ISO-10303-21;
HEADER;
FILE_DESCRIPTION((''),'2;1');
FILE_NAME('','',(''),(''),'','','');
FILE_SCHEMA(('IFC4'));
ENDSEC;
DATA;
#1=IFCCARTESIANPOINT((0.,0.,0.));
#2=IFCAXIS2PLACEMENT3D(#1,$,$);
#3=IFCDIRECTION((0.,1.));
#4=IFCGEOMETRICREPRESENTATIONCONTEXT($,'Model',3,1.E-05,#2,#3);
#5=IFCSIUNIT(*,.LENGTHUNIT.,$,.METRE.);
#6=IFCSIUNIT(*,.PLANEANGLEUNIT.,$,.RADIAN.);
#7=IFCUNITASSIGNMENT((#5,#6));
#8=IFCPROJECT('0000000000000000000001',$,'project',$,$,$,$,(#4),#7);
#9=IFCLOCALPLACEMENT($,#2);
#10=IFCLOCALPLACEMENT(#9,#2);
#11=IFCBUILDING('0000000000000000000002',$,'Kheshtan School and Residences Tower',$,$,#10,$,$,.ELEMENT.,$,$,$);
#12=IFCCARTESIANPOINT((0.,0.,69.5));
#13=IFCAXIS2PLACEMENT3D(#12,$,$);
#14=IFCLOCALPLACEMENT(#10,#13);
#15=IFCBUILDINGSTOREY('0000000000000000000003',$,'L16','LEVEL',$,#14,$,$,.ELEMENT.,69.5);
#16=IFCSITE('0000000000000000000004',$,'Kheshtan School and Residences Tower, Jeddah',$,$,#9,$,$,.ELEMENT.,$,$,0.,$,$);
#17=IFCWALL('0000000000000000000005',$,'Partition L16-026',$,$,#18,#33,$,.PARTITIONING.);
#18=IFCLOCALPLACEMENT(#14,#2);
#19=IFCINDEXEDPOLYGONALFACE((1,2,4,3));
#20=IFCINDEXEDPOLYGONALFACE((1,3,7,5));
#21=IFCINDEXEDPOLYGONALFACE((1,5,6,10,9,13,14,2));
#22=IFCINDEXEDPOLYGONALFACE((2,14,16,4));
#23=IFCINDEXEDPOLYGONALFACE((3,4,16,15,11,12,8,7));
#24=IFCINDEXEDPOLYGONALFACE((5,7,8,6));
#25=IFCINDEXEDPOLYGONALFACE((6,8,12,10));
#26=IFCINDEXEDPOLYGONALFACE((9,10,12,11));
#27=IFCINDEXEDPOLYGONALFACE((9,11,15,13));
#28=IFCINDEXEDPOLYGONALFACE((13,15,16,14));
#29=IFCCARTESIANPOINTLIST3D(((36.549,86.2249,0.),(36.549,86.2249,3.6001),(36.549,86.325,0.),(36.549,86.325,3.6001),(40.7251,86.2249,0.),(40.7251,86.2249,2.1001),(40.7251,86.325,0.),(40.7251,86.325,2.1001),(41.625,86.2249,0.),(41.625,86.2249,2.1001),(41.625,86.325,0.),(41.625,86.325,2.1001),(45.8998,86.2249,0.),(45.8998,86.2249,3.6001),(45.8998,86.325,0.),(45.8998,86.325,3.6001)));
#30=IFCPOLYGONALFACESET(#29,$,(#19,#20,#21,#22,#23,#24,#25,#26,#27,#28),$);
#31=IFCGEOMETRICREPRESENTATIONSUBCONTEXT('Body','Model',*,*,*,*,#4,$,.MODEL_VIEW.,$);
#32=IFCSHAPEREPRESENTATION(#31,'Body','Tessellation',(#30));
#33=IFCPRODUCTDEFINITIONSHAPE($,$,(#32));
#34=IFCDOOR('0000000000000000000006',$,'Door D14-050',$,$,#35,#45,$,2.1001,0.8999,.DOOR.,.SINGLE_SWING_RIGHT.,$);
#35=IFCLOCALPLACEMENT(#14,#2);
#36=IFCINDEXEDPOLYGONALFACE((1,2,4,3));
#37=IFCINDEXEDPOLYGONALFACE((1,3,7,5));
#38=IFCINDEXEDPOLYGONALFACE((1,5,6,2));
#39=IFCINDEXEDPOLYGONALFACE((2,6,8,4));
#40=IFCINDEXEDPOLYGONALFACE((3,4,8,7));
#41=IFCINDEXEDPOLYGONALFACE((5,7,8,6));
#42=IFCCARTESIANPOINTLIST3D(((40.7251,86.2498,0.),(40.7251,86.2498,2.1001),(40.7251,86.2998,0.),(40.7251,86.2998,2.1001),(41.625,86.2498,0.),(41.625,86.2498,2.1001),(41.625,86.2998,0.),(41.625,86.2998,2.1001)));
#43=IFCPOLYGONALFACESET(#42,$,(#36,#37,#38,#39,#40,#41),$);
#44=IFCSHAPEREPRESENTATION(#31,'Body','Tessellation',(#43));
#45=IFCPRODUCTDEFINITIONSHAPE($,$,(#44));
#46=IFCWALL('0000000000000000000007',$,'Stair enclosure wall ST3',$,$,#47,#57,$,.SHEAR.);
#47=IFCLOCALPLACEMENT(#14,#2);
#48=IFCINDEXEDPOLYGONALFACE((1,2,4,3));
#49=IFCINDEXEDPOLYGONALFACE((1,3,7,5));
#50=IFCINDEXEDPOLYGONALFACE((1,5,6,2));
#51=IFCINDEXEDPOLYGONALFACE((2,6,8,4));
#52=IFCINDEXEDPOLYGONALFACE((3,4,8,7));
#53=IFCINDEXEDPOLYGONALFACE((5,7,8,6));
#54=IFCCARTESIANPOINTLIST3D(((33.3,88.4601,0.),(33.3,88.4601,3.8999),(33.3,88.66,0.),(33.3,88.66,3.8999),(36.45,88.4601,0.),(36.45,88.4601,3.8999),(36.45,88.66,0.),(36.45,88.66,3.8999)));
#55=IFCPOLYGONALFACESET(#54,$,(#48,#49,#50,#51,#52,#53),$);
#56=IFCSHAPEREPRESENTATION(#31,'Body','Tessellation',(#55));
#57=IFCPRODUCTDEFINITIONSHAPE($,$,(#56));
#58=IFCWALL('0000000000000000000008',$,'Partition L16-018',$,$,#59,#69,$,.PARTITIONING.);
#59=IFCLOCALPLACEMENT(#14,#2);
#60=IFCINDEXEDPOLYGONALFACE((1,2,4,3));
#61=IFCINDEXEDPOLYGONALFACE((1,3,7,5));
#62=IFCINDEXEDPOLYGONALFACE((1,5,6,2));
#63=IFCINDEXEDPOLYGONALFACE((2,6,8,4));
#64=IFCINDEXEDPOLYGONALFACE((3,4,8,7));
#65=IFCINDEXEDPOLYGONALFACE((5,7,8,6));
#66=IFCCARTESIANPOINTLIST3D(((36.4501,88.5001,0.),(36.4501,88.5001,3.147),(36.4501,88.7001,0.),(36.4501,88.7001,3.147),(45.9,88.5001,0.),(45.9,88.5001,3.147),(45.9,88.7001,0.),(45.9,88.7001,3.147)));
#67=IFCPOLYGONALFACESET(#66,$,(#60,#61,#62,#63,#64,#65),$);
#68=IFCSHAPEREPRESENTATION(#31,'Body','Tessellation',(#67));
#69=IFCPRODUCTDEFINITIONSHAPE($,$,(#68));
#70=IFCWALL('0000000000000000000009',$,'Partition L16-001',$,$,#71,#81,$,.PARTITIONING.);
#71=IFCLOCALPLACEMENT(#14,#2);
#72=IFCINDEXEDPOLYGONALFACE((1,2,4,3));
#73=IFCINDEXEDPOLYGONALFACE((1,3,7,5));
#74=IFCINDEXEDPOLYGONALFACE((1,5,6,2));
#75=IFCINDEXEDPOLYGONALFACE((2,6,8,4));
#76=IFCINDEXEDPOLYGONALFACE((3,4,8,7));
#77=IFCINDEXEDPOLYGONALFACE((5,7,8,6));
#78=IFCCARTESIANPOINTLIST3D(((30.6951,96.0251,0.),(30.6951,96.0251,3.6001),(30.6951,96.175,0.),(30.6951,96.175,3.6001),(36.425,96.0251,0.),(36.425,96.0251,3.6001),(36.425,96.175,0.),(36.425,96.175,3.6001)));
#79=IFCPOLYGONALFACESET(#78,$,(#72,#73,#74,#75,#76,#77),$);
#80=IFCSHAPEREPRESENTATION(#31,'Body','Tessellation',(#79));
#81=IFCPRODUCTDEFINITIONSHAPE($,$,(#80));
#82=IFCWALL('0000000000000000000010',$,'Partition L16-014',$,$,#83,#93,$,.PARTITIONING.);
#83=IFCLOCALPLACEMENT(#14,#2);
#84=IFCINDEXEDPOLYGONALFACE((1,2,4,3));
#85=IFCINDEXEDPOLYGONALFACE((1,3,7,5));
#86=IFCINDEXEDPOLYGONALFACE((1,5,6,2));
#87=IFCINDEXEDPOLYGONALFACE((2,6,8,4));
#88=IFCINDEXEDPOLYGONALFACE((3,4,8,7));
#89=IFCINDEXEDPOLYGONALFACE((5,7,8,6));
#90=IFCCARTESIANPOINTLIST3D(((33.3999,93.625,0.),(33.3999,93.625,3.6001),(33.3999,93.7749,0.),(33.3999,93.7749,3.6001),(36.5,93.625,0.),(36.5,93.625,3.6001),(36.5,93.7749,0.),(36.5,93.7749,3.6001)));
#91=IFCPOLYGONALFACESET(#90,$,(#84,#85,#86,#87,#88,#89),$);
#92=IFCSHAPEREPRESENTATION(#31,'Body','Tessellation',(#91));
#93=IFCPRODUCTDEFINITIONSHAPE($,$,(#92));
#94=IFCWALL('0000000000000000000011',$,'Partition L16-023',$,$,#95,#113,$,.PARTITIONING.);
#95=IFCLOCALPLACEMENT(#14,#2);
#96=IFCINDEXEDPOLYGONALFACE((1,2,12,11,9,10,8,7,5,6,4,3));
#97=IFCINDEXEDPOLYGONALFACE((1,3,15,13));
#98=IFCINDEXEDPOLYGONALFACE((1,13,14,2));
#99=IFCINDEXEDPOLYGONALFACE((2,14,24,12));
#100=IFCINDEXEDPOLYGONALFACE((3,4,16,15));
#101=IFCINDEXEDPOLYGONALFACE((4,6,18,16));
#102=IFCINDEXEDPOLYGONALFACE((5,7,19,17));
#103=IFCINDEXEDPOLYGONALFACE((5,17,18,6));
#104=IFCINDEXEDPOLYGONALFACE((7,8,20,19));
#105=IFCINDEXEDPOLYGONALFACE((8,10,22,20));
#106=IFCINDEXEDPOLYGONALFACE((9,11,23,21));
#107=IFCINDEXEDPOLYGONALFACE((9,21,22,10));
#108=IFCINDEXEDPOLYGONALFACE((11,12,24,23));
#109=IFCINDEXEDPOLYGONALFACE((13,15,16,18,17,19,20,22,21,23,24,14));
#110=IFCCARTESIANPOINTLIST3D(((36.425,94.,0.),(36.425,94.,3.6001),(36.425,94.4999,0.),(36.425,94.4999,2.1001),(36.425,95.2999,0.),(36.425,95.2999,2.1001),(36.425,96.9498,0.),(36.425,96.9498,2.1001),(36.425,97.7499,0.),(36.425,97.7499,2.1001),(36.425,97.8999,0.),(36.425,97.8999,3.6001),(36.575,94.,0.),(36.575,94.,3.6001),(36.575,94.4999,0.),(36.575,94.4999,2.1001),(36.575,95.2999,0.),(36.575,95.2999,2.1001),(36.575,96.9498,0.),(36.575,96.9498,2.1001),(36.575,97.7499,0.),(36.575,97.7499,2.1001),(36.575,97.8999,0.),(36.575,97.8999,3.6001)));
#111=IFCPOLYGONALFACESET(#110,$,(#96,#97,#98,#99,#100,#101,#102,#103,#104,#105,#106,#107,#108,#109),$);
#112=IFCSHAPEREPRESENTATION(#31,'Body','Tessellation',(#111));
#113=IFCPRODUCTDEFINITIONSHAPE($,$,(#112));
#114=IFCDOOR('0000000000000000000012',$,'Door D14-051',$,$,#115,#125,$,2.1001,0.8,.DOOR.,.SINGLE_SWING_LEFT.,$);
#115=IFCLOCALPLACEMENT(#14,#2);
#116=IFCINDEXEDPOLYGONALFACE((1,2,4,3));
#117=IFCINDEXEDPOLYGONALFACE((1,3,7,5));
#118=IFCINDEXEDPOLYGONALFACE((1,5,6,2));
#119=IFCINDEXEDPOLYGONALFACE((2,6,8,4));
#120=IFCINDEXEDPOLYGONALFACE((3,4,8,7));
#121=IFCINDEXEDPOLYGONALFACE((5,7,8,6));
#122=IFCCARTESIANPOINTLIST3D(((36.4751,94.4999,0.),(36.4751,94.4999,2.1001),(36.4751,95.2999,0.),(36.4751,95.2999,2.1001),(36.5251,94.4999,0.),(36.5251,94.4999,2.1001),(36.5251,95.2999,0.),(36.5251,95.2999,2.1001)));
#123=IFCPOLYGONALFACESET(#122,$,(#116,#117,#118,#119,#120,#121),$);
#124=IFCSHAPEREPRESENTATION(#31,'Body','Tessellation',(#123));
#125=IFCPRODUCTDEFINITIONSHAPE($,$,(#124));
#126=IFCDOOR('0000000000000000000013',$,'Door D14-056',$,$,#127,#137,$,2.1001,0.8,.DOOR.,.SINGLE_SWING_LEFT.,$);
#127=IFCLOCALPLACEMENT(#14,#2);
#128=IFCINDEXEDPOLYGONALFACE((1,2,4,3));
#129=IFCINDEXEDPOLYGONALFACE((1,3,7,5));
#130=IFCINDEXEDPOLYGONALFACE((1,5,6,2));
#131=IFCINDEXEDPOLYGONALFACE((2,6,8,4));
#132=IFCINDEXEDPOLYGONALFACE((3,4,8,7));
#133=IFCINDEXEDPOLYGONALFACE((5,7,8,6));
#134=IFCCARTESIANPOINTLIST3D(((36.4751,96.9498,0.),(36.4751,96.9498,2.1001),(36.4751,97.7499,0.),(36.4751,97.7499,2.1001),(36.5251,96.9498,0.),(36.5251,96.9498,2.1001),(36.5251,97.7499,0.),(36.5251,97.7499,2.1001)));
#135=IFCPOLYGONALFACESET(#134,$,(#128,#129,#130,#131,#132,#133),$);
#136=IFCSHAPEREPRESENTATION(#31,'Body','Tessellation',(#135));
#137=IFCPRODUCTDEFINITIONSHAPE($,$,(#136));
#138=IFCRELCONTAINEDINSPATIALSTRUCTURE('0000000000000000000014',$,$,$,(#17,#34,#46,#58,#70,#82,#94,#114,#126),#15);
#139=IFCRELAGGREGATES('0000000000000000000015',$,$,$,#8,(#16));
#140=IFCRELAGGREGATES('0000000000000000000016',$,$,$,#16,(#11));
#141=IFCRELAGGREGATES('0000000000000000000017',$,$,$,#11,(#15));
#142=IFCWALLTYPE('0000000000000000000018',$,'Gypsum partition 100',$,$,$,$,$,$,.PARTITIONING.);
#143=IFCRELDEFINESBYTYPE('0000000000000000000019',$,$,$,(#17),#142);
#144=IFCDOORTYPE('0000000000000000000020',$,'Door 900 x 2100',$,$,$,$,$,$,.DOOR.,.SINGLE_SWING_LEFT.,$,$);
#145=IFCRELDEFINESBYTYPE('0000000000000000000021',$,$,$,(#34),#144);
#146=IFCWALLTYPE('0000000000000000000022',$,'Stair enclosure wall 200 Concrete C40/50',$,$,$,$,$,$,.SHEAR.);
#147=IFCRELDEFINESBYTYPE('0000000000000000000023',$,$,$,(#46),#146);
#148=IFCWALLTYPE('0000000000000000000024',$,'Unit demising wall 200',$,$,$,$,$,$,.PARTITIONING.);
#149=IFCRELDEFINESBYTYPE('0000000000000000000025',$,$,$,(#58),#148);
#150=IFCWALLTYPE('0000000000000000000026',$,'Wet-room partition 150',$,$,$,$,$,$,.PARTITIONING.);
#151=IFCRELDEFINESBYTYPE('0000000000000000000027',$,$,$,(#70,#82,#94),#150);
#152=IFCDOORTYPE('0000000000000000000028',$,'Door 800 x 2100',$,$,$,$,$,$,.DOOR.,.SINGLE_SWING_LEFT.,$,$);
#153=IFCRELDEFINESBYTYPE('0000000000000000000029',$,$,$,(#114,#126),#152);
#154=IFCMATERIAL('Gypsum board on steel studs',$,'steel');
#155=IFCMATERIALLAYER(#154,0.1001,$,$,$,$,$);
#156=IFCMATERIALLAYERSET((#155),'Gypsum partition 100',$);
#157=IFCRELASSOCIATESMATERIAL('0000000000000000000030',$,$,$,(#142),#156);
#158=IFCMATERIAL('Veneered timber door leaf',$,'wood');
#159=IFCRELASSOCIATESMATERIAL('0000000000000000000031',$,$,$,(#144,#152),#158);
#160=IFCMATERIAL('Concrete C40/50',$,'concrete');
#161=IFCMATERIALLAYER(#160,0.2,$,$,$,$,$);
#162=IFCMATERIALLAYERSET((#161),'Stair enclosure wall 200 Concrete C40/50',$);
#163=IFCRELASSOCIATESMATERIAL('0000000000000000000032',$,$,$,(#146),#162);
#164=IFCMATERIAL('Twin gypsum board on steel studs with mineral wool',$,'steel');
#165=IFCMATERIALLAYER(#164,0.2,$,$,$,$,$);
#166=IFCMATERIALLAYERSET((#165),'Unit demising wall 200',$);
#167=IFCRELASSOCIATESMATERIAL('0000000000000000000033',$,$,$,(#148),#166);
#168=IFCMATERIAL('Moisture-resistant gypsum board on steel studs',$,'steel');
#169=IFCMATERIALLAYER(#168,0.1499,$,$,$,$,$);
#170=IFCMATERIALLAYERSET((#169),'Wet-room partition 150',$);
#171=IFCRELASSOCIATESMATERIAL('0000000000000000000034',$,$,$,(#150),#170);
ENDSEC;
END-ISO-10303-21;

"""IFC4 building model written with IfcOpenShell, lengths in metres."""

from ifc_helpers import new_model, si_unit, direction, frame, frame_2d, origin, place, context, subcontext, project, spatial, rectangle, extrude, source, transform, mapped, material, layer, layer_set, type_object, element, fill, save


model = new_model("IFC4")

# Units and contexts
model_context = context("Model", 3, precision=1e-05, world=origin(), true_north=direction((0.0, 1.0)))
body_context = subcontext(model_context, "Body", "Model", "MODEL_VIEW")
ifc_project = project(units=[si_unit("LENGTHUNIT", "METRE"), si_unit("PLANEANGLEUNIT", "RADIAN")], contexts=[model_context])

# Site, building, storey
site_placement = place(None, origin())
site = spatial("IfcSite", under=ifc_project, at=site_placement, Name="Kheshtan School and Residences Tower, Jeddah", CompositionType="ELEMENT", RefElevation=0.0)
building_placement = place(site_placement, origin())
building = spatial("IfcBuilding", under=site, at=building_placement, Name="Kheshtan School and Residences Tower", CompositionType="ELEMENT")
storey_placement = place(building_placement, frame((0.0, 0.0, 69.5)))
storey = spatial("IfcBuildingStorey", under=building, at=storey_placement, Name="L16", Description="LEVEL", CompositionType="ELEMENT", Elevation=69.5)

# Shared definitions
ifc_material_1 = material(Name="Gypsum board on steel studs", Category="steel")
ifc_layer_1 = layer(ifc_material_1, 0.1001)
ifc_layer_set_1 = layer_set([ifc_layer_1], Name="Gypsum partition 100")
wall_type_1 = type_object("IfcWallType", Name="Gypsum partition 100", PredefinedType="PARTITIONING", material=ifc_layer_set_1)

# Wall, opening, door
ifc_material_2 = material(Name="Veneered timber door leaf", Category="wood")
door_type_1 = type_object("IfcDoorType", Name="Door 900 x 2100", OperationType="SINGLE_SWING_LEFT", PredefinedType="DOOR", material=ifc_material_2)
shared_shape_1 = source(origin(), body_context, "Body", "SweptSolid", [
    extrude(rectangle(XDim=0.8999, YDim=2.1001, at=frame_2d((0.45, 1.05))), frame((0.0, 0.0249, 0.0), z_axis=(0.0, -1.0, 0.0), x_axis=(1.0, 0.0, 0.0)), (0.0, 0.0, 1.0), 0.05),
])
wall_1_placement = place(storey_placement, frame((36.5491, 86.2749, 0.0), z_axis=(0.0, 0.0, 1.0), x_axis=(1.0, 0.0, 0.0)))
wall_1 = element("IfcWall", 1, at=wall_1_placement, inside=storey, type_object=wall_type_1, Name="Partition L16-026", PredefinedType="PARTITIONING", context=body_context, shape_type="SweptSolid", body=[
    extrude(rectangle(XDim=9.3508, YDim=0.1001, at=frame_2d((4.6753, 0.0))), origin(), (0.0, 0.0, 1.0), 3.6001),
])
opening_1_placement = place(wall_1_placement, frame((4.176, 0.0, 0.0)))
opening_1 = element("IfcOpeningElement", 2, at=opening_1_placement, cuts=wall_1, PredefinedType="OPENING", context=body_context, shape_type="SweptSolid", body=[
    extrude(rectangle(XDim=0.8999, YDim=2.1001, at=frame_2d((0.45, 1.05))), frame((0.0, 0.0601, 0.0), z_axis=(0.0, -1.0, 0.0), x_axis=(1.0, 0.0, 0.0)), (0.0, 0.0, 1.0), 0.1201),
])
door_1_placement = place(opening_1_placement, origin())
door_1 = element("IfcDoor", 3, at=door_1_placement, inside=storey, type_object=door_type_1, Name="Door D14-050", OperationType="SINGLE_SWING_RIGHT", OverallHeight=2.1001, OverallWidth=0.8999, PredefinedType="DOOR", context=body_context, shape_type="MappedRepresentation", body=[
    mapped(shared_shape_1, transform((0.0, 0.0, 0.0), x_axis=(1.0, 0.0, 0.0), y_axis=(0.0, 1.0, 0.0), z_axis=(0.0, 0.0, 1.0), scale=1.0)),
])
fill(opening_1, door_1)

# Walls
ifc_material_3 = material(Name="Concrete C40/50", Category="concrete")
ifc_layer_2 = layer(ifc_material_3, 0.2)
ifc_layer_set_2 = layer_set([ifc_layer_2], Name="Stair enclosure wall 200 Concrete C40/50")
wall_type_2 = type_object("IfcWallType", Name="Stair enclosure wall 200 Concrete C40/50", PredefinedType="SHEAR", material=ifc_layer_set_2)
wall_2_placement = place(storey_placement, frame((33.3, 88.5601, 0.0), z_axis=(0.0, 0.0, 1.0), x_axis=(1.0, 0.0, 0.0)))
element("IfcWall", 4, at=wall_2_placement, inside=storey, type_object=wall_type_2, Name="Stair enclosure wall ST3", PredefinedType="SHEAR", context=body_context, shape_type="SweptSolid", body=[
    extrude(rectangle(XDim=3.1499, YDim=0.2, at=frame_2d((1.575, 0.0))), origin(), (0.0, 0.0, 1.0), 3.8999),
])
ifc_material_4 = material(Name="Twin gypsum board on steel studs with mineral wool", Category="steel")
ifc_layer_3 = layer(ifc_material_4, 0.2)
ifc_layer_set_3 = layer_set([ifc_layer_3], Name="Unit demising wall 200")
wall_type_3 = type_object("IfcWallType", Name="Unit demising wall 200", PredefinedType="PARTITIONING", material=ifc_layer_set_3)
wall_3_placement = place(storey_placement, frame((36.45, 88.6001, 0.0), z_axis=(0.0, 0.0, 1.0), x_axis=(1.0, 0.0, 0.0)))
element("IfcWall", 5, at=wall_3_placement, inside=storey, type_object=wall_type_3, Name="Partition L16-018", PredefinedType="PARTITIONING", context=body_context, shape_type="SweptSolid", body=[
    extrude(rectangle(XDim=9.45, YDim=0.2, at=frame_2d((4.7251, 0.0))), origin(), (0.0, 0.0, 1.0), 3.147),
])
ifc_material_5 = material(Name="Moisture-resistant gypsum board on steel studs", Category="steel")
ifc_layer_4 = layer(ifc_material_5, 0.1499)
ifc_layer_set_4 = layer_set([ifc_layer_4], Name="Wet-room partition 150")
wall_type_4 = type_object("IfcWallType", Name="Wet-room partition 150", PredefinedType="PARTITIONING", material=ifc_layer_set_4)
wall_4_placement = place(storey_placement, frame((30.6951, 96.1001, 0.0), z_axis=(0.0, 0.0, 1.0), x_axis=(1.0, 0.0, 0.0)))
element("IfcWall", 6, at=wall_4_placement, inside=storey, type_object=wall_type_4, Name="Partition L16-001", PredefinedType="PARTITIONING", context=body_context, shape_type="SweptSolid", body=[
    extrude(rectangle(XDim=5.73, YDim=0.1499, at=frame_2d((2.865, 0.0))), origin(), (0.0, 0.0, 1.0), 3.6001),
])
wall_5_placement = place(storey_placement, frame((33.3999, 93.7, 0.0), z_axis=(0.0, 0.0, 1.0), x_axis=(1.0, 0.0, 0.0)))
element("IfcWall", 7, at=wall_5_placement, inside=storey, type_object=wall_type_4, Name="Partition L16-014", PredefinedType="PARTITIONING", context=body_context, shape_type="SweptSolid", body=[
    extrude(rectangle(XDim=3.1001, YDim=0.1499, at=frame_2d((1.55, 0.0))), origin(), (0.0, 0.0, 1.0), 3.6001),
])

# Wall, openings, doors
wall_6_placement = place(storey_placement, frame((36.5, 94.0, 0.0), z_axis=(0.0, 0.0, 1.0), x_axis=(0.0, 1.0, 0.0)))
wall_6 = element("IfcWall", 8, at=wall_6_placement, inside=storey, type_object=wall_type_4, Name="Partition L16-023", PredefinedType="PARTITIONING", context=body_context, shape_type="SweptSolid", body=[
    extrude(rectangle(XDim=3.8999, YDim=0.1499, at=frame_2d((1.95, 0.0))), origin(), (0.0, 0.0, 1.0), 3.6001),
])
opening_2_placement = place(wall_6_placement, frame((0.5, 0.0, 0.0)))
opening_2 = element("IfcOpeningElement", 9, at=opening_2_placement, cuts=wall_6, PredefinedType="OPENING", context=body_context, shape_type="SweptSolid", body=[
    extrude(rectangle(XDim=0.8, YDim=2.1001, at=frame_2d((0.3999, 1.05))), frame((0.0, 0.085, 0.0), z_axis=(0.0, -1.0, 0.0), x_axis=(1.0, 0.0, 0.0)), (0.0, 0.0, 1.0), 0.1699),
])
opening_3_placement = place(wall_6_placement, frame((2.95, 0.0, 0.0)))
opening_3 = element("IfcOpeningElement", 10, at=opening_3_placement, cuts=wall_6, PredefinedType="OPENING", context=body_context, shape_type="SweptSolid", body=[
    extrude(rectangle(XDim=0.8, YDim=2.1001, at=frame_2d((0.3999, 1.05))), frame((0.0, 0.085, 0.0), z_axis=(0.0, -1.0, 0.0), x_axis=(1.0, 0.0, 0.0)), (0.0, 0.0, 1.0), 0.1699),
])
door_type_2 = type_object("IfcDoorType", Name="Door 800 x 2100", OperationType="SINGLE_SWING_LEFT", PredefinedType="DOOR", material=ifc_material_2)
shared_shape_2 = source(origin(), body_context, "Body", "SweptSolid", [
    extrude(rectangle(XDim=0.8, YDim=2.1001, at=frame_2d((0.3999, 1.05))), frame((0.0, 0.0249, 0.0), z_axis=(0.0, -1.0, 0.0), x_axis=(1.0, 0.0, 0.0)), (0.0, 0.0, 1.0), 0.05),
])
door_2_placement = place(opening_2_placement, origin())
door_2 = element("IfcDoor", 11, at=door_2_placement, inside=storey, type_object=door_type_2, Name="Door D14-051", OperationType="SINGLE_SWING_LEFT", OverallHeight=2.1001, OverallWidth=0.8, PredefinedType="DOOR", context=body_context, shape_type="MappedRepresentation", body=[
    mapped(shared_shape_2, transform((0.0, 0.0, 0.0), x_axis=(1.0, 0.0, 0.0), y_axis=(0.0, 1.0, 0.0), z_axis=(0.0, 0.0, 1.0), scale=1.0)),
])
fill(opening_2, door_2)
door_3_placement = place(opening_3_placement, origin())
door_3 = element("IfcDoor", 12, at=door_3_placement, inside=storey, type_object=door_type_2, Name="Door D14-056", OperationType="SINGLE_SWING_LEFT", OverallHeight=2.1001, OverallWidth=0.8, PredefinedType="DOOR", context=body_context, shape_type="MappedRepresentation", body=[
    mapped(shared_shape_2, transform((0.0, 0.0, 0.0), x_axis=(1.0, 0.0, 0.0), y_axis=(0.0, 1.0, 0.0), z_axis=(0.0, 0.0, 1.0), scale=1.0)),
])
fill(opening_3, door_3)

save(model, "model.ifc")
